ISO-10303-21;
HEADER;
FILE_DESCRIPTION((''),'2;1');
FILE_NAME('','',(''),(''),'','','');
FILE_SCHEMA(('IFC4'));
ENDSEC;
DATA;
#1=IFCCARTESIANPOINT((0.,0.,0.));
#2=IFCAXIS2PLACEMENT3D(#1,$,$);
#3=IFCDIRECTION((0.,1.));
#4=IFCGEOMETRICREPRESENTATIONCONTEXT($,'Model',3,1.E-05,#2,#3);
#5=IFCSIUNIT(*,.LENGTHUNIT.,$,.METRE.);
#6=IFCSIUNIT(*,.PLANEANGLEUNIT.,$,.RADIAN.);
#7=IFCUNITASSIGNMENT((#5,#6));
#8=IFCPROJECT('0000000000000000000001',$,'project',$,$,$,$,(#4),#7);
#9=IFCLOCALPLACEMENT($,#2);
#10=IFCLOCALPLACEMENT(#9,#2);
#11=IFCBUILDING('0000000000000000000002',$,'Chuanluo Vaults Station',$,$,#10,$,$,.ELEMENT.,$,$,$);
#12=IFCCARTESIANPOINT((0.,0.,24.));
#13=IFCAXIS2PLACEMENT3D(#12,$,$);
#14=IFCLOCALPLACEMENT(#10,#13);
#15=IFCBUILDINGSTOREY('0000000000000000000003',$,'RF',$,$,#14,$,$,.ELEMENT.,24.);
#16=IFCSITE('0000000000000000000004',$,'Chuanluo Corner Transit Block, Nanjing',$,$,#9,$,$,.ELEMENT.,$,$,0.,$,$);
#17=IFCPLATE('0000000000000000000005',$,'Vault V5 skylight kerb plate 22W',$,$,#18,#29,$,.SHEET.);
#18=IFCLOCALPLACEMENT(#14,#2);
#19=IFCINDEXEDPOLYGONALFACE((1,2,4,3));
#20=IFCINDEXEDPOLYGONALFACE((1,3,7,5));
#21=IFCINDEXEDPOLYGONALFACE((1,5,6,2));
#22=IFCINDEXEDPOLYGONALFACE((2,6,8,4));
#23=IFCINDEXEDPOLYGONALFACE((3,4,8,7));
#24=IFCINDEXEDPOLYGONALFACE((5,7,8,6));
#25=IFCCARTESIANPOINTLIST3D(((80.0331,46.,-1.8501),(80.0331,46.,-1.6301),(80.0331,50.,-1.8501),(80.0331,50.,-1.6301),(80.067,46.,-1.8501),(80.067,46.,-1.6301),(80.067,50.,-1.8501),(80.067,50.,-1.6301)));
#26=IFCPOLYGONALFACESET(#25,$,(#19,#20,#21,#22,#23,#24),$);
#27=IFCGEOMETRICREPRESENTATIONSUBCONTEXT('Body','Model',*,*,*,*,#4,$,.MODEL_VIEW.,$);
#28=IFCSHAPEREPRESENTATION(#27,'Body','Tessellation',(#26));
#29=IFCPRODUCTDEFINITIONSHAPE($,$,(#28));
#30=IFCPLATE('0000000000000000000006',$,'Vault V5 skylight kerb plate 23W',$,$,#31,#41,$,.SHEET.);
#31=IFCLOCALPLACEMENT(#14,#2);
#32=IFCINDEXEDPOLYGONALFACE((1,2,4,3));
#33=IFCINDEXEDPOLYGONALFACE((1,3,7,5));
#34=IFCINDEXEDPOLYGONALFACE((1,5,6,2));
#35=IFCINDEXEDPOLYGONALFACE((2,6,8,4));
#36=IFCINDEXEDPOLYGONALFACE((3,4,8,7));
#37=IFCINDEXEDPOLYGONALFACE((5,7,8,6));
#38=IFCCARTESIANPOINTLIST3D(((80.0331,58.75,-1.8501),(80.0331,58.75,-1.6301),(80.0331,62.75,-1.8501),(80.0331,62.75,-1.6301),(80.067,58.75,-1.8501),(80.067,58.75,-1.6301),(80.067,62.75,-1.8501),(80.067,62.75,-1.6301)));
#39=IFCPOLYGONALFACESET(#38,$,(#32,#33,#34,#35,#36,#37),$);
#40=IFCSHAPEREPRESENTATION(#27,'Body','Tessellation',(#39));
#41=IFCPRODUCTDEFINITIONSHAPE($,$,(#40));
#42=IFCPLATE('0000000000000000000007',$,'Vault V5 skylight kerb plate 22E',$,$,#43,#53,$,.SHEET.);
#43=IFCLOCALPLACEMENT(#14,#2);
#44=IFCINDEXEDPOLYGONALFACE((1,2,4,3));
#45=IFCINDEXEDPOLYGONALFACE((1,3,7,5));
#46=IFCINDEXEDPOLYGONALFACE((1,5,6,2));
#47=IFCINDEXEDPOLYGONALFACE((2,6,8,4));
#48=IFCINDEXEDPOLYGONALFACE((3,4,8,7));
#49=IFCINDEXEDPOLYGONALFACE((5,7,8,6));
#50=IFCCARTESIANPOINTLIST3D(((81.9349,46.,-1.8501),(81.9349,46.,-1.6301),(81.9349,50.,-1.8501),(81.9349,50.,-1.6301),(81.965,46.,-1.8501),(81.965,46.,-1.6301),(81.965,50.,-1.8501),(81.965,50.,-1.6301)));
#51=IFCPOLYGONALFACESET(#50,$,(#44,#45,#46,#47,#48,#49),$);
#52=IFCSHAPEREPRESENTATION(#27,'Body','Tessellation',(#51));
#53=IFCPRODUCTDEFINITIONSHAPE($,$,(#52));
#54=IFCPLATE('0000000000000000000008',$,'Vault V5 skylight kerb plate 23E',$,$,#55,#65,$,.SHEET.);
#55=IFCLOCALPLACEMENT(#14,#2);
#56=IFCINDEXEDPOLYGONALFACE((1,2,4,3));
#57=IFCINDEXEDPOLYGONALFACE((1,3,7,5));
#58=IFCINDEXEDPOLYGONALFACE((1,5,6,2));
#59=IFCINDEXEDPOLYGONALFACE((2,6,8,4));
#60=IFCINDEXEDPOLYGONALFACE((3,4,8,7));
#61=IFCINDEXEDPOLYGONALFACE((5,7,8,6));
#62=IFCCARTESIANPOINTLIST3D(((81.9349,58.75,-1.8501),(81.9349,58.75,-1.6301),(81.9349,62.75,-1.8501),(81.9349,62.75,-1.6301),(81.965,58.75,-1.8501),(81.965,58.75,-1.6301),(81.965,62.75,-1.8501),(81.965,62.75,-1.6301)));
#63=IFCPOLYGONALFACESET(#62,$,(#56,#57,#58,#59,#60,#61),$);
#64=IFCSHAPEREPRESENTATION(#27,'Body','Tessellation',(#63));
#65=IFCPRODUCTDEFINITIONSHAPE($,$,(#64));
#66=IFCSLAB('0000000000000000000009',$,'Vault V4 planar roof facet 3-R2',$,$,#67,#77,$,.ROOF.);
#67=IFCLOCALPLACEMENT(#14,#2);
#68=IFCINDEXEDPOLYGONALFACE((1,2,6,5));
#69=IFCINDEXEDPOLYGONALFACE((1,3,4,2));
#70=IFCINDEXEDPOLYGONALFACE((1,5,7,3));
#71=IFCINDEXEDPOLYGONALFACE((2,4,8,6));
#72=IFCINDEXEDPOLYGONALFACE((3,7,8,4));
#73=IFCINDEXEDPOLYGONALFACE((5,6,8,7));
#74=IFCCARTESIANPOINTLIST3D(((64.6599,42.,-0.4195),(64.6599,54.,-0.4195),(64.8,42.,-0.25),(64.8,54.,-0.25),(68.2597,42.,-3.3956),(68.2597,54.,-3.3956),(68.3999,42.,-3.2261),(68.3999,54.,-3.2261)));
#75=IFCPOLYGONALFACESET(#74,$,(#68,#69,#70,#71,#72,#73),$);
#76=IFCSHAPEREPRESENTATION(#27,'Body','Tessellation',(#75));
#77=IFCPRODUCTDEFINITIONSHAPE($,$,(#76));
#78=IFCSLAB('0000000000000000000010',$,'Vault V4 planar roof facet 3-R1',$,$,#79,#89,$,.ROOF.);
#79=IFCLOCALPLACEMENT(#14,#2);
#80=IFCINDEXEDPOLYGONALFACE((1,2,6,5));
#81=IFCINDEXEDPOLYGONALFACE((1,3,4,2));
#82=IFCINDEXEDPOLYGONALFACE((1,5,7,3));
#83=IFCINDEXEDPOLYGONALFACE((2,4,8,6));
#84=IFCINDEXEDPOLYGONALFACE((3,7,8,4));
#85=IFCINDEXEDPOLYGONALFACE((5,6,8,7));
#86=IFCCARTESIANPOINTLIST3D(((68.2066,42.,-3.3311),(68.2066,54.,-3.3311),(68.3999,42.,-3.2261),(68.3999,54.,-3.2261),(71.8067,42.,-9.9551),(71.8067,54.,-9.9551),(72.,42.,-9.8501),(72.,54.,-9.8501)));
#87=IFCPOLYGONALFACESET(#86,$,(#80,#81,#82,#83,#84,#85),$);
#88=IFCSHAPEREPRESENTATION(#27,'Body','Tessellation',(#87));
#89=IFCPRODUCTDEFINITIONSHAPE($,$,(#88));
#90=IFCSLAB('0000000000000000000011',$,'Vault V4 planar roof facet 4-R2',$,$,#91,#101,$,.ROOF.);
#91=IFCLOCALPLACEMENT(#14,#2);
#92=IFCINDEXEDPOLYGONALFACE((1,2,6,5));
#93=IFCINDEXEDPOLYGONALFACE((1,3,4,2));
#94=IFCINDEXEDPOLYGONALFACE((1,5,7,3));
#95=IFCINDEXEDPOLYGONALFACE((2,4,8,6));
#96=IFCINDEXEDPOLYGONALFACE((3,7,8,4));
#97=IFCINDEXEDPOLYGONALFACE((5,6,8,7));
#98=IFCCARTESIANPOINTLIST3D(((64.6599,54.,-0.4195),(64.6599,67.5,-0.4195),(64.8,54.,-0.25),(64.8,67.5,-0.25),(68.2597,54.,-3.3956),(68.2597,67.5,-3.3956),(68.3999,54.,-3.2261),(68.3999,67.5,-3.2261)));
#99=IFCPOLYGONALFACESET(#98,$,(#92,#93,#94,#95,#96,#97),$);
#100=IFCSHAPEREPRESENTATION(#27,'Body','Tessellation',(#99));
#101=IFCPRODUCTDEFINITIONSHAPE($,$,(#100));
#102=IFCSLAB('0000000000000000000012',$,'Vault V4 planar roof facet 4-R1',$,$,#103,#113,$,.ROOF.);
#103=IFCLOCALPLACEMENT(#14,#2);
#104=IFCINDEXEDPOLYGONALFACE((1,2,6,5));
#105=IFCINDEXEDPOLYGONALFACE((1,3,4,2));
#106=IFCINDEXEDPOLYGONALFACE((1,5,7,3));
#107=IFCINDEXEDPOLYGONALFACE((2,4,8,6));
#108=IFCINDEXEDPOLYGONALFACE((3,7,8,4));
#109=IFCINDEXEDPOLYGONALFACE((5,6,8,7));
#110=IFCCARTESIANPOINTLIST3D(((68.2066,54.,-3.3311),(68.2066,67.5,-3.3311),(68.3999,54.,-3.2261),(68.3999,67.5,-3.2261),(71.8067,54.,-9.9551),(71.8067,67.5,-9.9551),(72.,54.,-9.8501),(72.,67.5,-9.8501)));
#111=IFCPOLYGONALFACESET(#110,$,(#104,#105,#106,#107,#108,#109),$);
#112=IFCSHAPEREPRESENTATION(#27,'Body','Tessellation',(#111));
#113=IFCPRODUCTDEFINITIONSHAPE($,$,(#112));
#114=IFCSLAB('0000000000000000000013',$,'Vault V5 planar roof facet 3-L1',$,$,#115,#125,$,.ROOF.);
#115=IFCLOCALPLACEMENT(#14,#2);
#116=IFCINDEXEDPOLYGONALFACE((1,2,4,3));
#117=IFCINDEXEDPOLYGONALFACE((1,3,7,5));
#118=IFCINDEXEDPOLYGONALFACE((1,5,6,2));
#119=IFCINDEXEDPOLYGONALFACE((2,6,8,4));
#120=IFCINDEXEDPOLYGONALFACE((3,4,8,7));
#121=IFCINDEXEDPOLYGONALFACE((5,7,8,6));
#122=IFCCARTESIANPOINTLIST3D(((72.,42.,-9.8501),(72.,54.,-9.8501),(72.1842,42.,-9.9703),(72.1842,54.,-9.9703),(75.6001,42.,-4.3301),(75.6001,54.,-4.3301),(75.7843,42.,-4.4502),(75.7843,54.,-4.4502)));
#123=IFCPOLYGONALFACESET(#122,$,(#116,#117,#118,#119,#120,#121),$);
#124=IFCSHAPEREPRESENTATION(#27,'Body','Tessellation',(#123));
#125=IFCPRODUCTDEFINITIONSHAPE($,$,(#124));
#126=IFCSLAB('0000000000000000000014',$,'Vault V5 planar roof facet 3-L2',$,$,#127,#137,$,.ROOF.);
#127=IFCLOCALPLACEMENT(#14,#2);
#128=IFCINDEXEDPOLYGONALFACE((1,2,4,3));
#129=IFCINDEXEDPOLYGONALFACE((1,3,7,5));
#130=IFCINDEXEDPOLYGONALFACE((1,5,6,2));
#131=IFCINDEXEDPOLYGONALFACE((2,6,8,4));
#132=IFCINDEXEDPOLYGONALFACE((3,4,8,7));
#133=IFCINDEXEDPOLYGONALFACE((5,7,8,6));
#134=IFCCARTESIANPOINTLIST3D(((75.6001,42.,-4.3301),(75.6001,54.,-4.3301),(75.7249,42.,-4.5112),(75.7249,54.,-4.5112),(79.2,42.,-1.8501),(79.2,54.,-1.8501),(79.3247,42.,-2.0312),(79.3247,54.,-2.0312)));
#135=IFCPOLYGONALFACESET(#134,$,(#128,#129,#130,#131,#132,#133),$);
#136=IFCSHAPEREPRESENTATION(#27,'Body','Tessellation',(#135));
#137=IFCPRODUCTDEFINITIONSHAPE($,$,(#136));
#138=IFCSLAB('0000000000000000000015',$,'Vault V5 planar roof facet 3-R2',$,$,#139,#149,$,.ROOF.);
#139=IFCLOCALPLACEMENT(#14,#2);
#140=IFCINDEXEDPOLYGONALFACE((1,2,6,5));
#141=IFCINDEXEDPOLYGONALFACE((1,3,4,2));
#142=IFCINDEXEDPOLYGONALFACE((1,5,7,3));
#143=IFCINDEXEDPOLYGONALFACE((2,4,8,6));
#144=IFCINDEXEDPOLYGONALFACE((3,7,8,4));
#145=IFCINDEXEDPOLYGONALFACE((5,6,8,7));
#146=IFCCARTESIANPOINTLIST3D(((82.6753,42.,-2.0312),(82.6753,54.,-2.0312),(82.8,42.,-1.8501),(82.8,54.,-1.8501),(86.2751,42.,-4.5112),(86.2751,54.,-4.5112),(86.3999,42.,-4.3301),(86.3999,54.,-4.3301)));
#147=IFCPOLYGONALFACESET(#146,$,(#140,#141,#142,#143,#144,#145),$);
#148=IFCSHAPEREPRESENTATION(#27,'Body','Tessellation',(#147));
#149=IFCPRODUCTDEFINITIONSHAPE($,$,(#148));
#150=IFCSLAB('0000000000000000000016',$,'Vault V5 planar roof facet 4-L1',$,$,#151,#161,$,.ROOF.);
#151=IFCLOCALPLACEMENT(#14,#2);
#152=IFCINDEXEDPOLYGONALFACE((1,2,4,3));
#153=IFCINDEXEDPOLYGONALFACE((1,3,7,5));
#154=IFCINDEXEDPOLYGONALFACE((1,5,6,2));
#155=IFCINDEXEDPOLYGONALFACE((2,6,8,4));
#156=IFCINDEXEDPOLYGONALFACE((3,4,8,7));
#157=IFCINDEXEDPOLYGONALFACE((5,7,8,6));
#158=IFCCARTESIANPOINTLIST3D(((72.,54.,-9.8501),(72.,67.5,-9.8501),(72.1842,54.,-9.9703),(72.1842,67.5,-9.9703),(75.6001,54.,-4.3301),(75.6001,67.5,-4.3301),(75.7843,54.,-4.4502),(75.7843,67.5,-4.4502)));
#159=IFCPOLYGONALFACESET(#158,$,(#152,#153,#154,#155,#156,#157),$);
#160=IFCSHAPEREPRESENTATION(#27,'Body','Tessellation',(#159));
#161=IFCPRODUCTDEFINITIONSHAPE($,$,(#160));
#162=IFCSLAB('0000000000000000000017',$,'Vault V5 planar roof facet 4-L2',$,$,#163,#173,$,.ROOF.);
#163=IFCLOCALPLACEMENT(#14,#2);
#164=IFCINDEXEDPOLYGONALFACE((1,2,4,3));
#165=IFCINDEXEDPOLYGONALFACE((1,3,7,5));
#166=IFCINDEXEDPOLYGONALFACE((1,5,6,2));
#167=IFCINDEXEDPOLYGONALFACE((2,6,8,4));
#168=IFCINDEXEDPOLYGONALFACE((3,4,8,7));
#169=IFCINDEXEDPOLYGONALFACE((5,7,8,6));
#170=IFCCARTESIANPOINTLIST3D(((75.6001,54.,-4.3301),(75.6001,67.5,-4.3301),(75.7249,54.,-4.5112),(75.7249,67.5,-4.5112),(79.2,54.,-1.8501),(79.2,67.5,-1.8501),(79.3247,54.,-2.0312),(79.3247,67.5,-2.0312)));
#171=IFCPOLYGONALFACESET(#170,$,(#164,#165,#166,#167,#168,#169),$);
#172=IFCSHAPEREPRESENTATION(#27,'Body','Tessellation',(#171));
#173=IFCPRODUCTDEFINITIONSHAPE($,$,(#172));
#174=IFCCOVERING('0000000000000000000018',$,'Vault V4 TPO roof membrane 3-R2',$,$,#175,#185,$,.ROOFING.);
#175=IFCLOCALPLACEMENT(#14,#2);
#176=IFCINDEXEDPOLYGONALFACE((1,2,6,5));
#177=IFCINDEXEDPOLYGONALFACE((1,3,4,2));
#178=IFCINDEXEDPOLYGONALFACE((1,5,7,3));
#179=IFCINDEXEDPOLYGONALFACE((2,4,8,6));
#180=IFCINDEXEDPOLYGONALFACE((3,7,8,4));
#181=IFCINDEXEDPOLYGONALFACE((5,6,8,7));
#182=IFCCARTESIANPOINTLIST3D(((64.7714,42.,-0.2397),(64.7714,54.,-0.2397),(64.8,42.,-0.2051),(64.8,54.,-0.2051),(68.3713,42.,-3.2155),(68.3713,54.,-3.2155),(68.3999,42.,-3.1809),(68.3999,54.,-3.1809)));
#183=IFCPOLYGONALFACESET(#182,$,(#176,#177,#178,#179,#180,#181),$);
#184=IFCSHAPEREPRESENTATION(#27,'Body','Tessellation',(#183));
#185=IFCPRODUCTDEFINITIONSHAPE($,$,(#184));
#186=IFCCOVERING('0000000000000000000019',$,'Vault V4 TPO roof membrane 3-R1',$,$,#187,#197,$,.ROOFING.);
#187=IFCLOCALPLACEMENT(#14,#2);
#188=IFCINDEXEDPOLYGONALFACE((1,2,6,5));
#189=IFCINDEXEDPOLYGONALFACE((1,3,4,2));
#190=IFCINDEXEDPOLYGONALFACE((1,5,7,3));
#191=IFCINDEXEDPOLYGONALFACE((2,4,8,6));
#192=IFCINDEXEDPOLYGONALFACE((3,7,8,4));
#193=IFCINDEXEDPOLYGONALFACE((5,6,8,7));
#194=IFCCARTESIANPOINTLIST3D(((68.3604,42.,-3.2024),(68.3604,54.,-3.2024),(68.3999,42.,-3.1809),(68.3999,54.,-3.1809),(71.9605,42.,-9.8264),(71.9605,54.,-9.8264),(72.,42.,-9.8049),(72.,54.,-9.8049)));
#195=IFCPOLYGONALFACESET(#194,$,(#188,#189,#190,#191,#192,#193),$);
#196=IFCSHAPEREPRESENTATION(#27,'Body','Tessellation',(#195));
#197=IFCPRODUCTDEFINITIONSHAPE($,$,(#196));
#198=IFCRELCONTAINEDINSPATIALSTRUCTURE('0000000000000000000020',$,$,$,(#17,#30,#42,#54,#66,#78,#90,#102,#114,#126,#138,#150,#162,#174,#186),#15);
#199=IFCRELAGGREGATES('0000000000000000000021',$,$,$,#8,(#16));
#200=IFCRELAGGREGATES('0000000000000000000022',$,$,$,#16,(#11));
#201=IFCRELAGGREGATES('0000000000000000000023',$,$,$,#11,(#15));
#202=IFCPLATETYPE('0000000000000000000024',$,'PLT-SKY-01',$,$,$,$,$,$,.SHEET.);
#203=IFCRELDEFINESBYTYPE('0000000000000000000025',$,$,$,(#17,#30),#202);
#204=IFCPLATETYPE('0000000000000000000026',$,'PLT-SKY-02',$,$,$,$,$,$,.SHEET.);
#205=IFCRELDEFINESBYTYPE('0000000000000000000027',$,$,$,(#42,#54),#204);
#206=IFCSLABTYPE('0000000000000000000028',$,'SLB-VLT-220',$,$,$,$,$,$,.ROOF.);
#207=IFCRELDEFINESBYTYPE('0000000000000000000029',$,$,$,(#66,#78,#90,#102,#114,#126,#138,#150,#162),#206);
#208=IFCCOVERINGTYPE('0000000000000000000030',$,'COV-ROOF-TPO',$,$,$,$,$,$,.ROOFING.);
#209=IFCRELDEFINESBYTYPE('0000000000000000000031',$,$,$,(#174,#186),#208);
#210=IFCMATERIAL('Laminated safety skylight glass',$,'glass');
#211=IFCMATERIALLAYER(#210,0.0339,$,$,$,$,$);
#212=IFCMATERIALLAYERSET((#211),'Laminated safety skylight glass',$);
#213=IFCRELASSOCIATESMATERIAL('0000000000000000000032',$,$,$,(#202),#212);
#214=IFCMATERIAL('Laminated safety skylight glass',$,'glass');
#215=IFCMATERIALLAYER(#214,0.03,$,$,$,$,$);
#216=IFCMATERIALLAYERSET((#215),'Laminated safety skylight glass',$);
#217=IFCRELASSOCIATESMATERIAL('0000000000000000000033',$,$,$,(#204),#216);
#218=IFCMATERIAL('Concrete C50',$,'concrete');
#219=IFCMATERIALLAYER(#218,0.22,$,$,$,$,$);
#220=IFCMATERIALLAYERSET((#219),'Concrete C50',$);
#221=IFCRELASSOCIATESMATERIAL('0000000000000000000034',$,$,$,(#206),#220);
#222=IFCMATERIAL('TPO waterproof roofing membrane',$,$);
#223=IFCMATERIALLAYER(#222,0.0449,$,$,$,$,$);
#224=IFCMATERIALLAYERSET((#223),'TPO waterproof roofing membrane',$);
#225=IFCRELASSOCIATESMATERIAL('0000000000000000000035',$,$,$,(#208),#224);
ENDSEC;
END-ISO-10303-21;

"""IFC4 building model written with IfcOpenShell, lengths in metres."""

from ifc_helpers import new_model, si_unit, direction, frame, origin, origin_2d, place, context, subcontext, project, spatial, polyline, rectangle, outline, extrude, material, layer, layer_set, type_object, element, save


model = new_model("IFC4")

# Units and contexts
model_context = context("Model", 3, precision=1e-05, world=origin(), true_north=direction((0.0, 1.0)))
body_context = subcontext(model_context, "Body", "Model", "MODEL_VIEW")
ifc_project = project(units=[si_unit("LENGTHUNIT", "METRE"), si_unit("PLANEANGLEUNIT", "RADIAN")], contexts=[model_context])

# Site, building, storey
site_placement = place(None, origin())
site = spatial("IfcSite", under=ifc_project, at=site_placement, Name="Chuanluo Corner Transit Block, Nanjing", CompositionType="ELEMENT", RefElevation=0.0)
building_placement = place(site_placement, origin())
building = spatial("IfcBuilding", under=site, at=building_placement, Name="Chuanluo Vaults Station", CompositionType="ELEMENT")
storey_placement = place(building_placement, frame((0.0, 0.0, 24.0)))
storey = spatial("IfcBuildingStorey", under=building, at=storey_placement, Name="RF", CompositionType="ELEMENT", Elevation=24.0)

# Plates
ifc_material_1 = material(Name="Laminated safety skylight glass", Category="glass")
ifc_layer_1 = layer(ifc_material_1, 0.0339)
ifc_layer_set_1 = layer_set([ifc_layer_1], Name="Laminated safety skylight glass")
plate_type_1 = type_object("IfcPlateType", Name="PLT-SKY-01", PredefinedType="SHEET", material=ifc_layer_set_1)
for number, where, z_axis, x_axis, name in (
    (1, (80.05, 48.0, -1.8501), (0.0, 0.0, 1.0), (1.0, 0.0, 0.0), "Vault V5 skylight kerb plate 22W"),
    (2, (80.05, 60.75, -1.8501), (0.0, 0.0, 1.0), (1.0, 0.0, 0.0), "Vault V5 skylight kerb plate 23W"),
):
    element("IfcPlate", number, at=place(storey_placement, frame(where, z_axis=z_axis, x_axis=x_axis)), inside=storey, type_object=plate_type_1, Name=name, PredefinedType="SHEET", context=body_context, shape_type="SweptSolid", body=[
        extrude(rectangle(XDim=0.0339, YDim=4.0, at=origin_2d()), origin(), (0.0, 0.0, 1.0), 0.22),
    ])
ifc_material_2 = material(Name="Laminated safety skylight glass", Category="glass")
ifc_layer_2 = layer(ifc_material_2, 0.03)
ifc_layer_set_2 = layer_set([ifc_layer_2], Name="Laminated safety skylight glass")
plate_type_2 = type_object("IfcPlateType", Name="PLT-SKY-02", PredefinedType="SHEET", material=ifc_layer_set_2)
for number, where, z_axis, x_axis, name in (
    (3, (81.95, 48.0, -1.8501), (0.0, 0.0, 1.0), (1.0, 0.0, 0.0), "Vault V5 skylight kerb plate 22E"),
    (4, (81.95, 60.75, -1.8501), (0.0, 0.0, 1.0), (1.0, 0.0, 0.0), "Vault V5 skylight kerb plate 23E"),
):
    element("IfcPlate", number, at=place(storey_placement, frame(where, z_axis=z_axis, x_axis=x_axis)), inside=storey, type_object=plate_type_2, Name=name, PredefinedType="SHEET", context=body_context, shape_type="SweptSolid", body=[
        extrude(rectangle(XDim=0.03, YDim=4.0, at=origin_2d()), origin(), (0.0, 0.0, 1.0), 0.22),
    ])

# Slabs
ifc_material_3 = material(Name="Concrete C50", Category="concrete")
ifc_layer_3 = layer(ifc_material_3, 0.22)
ifc_layer_set_3 = layer_set([ifc_layer_3], Name="Concrete C50")
slab_type = type_object("IfcSlabType", Name="SLB-VLT-220", PredefinedType="ROOF", material=ifc_layer_set_3)
slab_1_placement = place(storey_placement, frame((64.8, 42.0, -0.25), z_axis=(0.637172, 0.0, 0.770722), x_axis=(0.770722, 0.0, -0.637172)))
element("IfcSlab", 5, at=slab_1_placement, inside=storey, type_object=slab_type, Name="Vault V4 planar roof facet 3-R2", PredefinedType="ROOF", context=body_context, shape_type="SweptSolid", body=[
    extrude(outline(polyline([(0.0, 0.0), (4.6708, 0.0), (4.6708, 12.0), (0.0, 12.0), (0.0, 0.0)])), origin(), (0.0, 0.0, -1.0), 0.22),
])
slab_2_placement = place(storey_placement, frame((68.3999, 42.0, -3.2261), z_axis=(0.87862, 0.0, 0.477522), x_axis=(0.477522, 0.0, -0.87862)))
element("IfcSlab", 6, at=slab_2_placement, inside=storey, type_object=slab_type, Name="Vault V4 planar roof facet 3-R1", PredefinedType="ROOF", context=body_context, shape_type="SweptSolid", body=[
    extrude(outline(polyline([(0.0, 0.0), (7.5391, 0.0), (7.5391, 12.0), (0.0, 12.0), (0.0, 0.0)])), origin(), (0.0, 0.0, -1.0), 0.22),
])
slab_3_placement = place(storey_placement, frame((64.8, 54.0, -0.25), z_axis=(0.637172, 0.0, 0.770722), x_axis=(0.770722, 0.0, -0.637172)))
element("IfcSlab", 7, at=slab_3_placement, inside=storey, type_object=slab_type, Name="Vault V4 planar roof facet 4-R2", PredefinedType="ROOF", context=body_context, shape_type="SweptSolid", body=[
    extrude(outline(polyline([(0.0, 0.0), (4.6708, 0.0), (4.6708, 13.5), (0.0, 13.5), (0.0, 0.0)])), origin(), (0.0, 0.0, -1.0), 0.22),
])
slab_4_placement = place(storey_placement, frame((68.3999, 54.0, -3.2261), z_axis=(0.87862, 0.0, 0.477522), x_axis=(0.477522, 0.0, -0.87862)))
element("IfcSlab", 8, at=slab_4_placement, inside=storey, type_object=slab_type, Name="Vault V4 planar roof facet 4-R1", PredefinedType="ROOF", context=body_context, shape_type="SweptSolid", body=[
    extrude(outline(polyline([(0.0, 0.0), (7.5391, 0.0), (7.5391, 13.5), (0.0, 13.5), (0.0, 0.0)])), origin(), (0.0, 0.0, -1.0), 0.22),
])
slab_5_placement = place(storey_placement, frame((72.0, 42.0, -9.8501), z_axis=(-0.837605, 0.0, 0.546277), x_axis=(0.546277, 0.0, 0.837605)))
element("IfcSlab", 9, at=slab_5_placement, inside=storey, type_object=slab_type, Name="Vault V5 planar roof facet 3-L1", PredefinedType="ROOF", context=body_context, shape_type="SweptSolid", body=[
    extrude(outline(polyline([(0.0, 0.0), (6.5902, 0.0), (6.5902, 12.0), (0.0, 12.0), (0.0, 0.0)])), origin(), (0.0, 0.0, -1.0), 0.22),
])
for number, where, z_axis, x_axis, name in (
    (10, (75.6001, 42.0, -4.3301), (-0.567318, 0.0, 0.823499), (0.823499, 0.0, 0.567318), "Vault V5 planar roof facet 3-L2"),
    (11, (82.8, 42.0, -1.8501), (0.567318, 0.0, 0.823499), (0.823499, 0.0, -0.567318), "Vault V5 planar roof facet 3-R2"),
):
    element("IfcSlab", number, at=place(storey_placement, frame(where, z_axis=z_axis, x_axis=x_axis)), inside=storey, type_object=slab_type, Name=name, PredefinedType="ROOF", context=body_context, shape_type="SweptSolid", body=[
        extrude(outline(polyline([(0.0, 0.0), (4.3714, 0.0), (4.3714, 12.0), (0.0, 12.0), (0.0, 0.0)])), origin(), (0.0, 0.0, -1.0), 0.22),
    ])
slab_6_placement = place(storey_placement, frame((72.0, 54.0, -9.8501), z_axis=(-0.837605, 0.0, 0.546277), x_axis=(0.546277, 0.0, 0.837605)))
element("IfcSlab", 12, at=slab_6_placement, inside=storey, type_object=slab_type, Name="Vault V5 planar roof facet 4-L1", PredefinedType="ROOF", context=body_context, shape_type="SweptSolid", body=[
    extrude(outline(polyline([(0.0, 0.0), (6.5902, 0.0), (6.5902, 13.5), (0.0, 13.5), (0.0, 0.0)])), origin(), (0.0, 0.0, -1.0), 0.22),
])
slab_7_placement = place(storey_placement, frame((75.6001, 54.0, -4.3301), z_axis=(-0.567318, 0.0, 0.823499), x_axis=(0.823499, 0.0, 0.567318)))
element("IfcSlab", 13, at=slab_7_placement, inside=storey, type_object=slab_type, Name="Vault V5 planar roof facet 4-L2", PredefinedType="ROOF", context=body_context, shape_type="SweptSolid", body=[
    extrude(outline(polyline([(0.0, 0.0), (4.3714, 0.0), (4.3714, 13.5), (0.0, 13.5), (0.0, 0.0)])), origin(), (0.0, 0.0, -1.0), 0.22),
])

# Coverings
ifc_material_4 = material(Name="TPO waterproof roofing membrane")
ifc_layer_4 = layer(ifc_material_4, 0.0449)
ifc_layer_set_4 = layer_set([ifc_layer_4], Name="TPO waterproof roofing membrane")
covering_type = type_object("IfcCoveringType", Name="COV-ROOF-TPO", PredefinedType="ROOFING", material=ifc_layer_set_4)
covering_1_placement = place(storey_placement, frame((64.8, 42.0, -0.2051), z_axis=(0.637141, 0.0, 0.770747), x_axis=(0.770747, 0.0, -0.637141)))
element("IfcCovering", 14, at=covering_1_placement, inside=storey, type_object=covering_type, Name="Vault V4 TPO roof membrane 3-R2", PredefinedType="ROOFING", context=body_context, shape_type="SweptSolid", body=[
    extrude(outline(polyline([(0.0, 0.0), (4.6706, 0.0), (4.6706, 12.0), (0.0, 12.0), (0.0, 0.0)])), origin(), (0.0, 0.0, -1.0), 0.0449),
])
covering_2_placement = place(storey_placement, frame((68.3999, 42.0, -3.1809), z_axis=(0.87862, 0.0, 0.477522), x_axis=(0.477522, 0.0, -0.87862)))
element("IfcCovering", 15, at=covering_2_placement, inside=storey, type_object=covering_type, Name="Vault V4 TPO roof membrane 3-R1", PredefinedType="ROOFING", context=body_context, shape_type="SweptSolid", body=[
    extrude(outline(polyline([(0.0, 0.0), (7.5391, 0.0), (7.5391, 12.0), (0.0, 12.0), (0.0, 0.0)])), origin(), (0.0, 0.0, -1.0), 0.0449),
])

save(model, "model.ifc")
